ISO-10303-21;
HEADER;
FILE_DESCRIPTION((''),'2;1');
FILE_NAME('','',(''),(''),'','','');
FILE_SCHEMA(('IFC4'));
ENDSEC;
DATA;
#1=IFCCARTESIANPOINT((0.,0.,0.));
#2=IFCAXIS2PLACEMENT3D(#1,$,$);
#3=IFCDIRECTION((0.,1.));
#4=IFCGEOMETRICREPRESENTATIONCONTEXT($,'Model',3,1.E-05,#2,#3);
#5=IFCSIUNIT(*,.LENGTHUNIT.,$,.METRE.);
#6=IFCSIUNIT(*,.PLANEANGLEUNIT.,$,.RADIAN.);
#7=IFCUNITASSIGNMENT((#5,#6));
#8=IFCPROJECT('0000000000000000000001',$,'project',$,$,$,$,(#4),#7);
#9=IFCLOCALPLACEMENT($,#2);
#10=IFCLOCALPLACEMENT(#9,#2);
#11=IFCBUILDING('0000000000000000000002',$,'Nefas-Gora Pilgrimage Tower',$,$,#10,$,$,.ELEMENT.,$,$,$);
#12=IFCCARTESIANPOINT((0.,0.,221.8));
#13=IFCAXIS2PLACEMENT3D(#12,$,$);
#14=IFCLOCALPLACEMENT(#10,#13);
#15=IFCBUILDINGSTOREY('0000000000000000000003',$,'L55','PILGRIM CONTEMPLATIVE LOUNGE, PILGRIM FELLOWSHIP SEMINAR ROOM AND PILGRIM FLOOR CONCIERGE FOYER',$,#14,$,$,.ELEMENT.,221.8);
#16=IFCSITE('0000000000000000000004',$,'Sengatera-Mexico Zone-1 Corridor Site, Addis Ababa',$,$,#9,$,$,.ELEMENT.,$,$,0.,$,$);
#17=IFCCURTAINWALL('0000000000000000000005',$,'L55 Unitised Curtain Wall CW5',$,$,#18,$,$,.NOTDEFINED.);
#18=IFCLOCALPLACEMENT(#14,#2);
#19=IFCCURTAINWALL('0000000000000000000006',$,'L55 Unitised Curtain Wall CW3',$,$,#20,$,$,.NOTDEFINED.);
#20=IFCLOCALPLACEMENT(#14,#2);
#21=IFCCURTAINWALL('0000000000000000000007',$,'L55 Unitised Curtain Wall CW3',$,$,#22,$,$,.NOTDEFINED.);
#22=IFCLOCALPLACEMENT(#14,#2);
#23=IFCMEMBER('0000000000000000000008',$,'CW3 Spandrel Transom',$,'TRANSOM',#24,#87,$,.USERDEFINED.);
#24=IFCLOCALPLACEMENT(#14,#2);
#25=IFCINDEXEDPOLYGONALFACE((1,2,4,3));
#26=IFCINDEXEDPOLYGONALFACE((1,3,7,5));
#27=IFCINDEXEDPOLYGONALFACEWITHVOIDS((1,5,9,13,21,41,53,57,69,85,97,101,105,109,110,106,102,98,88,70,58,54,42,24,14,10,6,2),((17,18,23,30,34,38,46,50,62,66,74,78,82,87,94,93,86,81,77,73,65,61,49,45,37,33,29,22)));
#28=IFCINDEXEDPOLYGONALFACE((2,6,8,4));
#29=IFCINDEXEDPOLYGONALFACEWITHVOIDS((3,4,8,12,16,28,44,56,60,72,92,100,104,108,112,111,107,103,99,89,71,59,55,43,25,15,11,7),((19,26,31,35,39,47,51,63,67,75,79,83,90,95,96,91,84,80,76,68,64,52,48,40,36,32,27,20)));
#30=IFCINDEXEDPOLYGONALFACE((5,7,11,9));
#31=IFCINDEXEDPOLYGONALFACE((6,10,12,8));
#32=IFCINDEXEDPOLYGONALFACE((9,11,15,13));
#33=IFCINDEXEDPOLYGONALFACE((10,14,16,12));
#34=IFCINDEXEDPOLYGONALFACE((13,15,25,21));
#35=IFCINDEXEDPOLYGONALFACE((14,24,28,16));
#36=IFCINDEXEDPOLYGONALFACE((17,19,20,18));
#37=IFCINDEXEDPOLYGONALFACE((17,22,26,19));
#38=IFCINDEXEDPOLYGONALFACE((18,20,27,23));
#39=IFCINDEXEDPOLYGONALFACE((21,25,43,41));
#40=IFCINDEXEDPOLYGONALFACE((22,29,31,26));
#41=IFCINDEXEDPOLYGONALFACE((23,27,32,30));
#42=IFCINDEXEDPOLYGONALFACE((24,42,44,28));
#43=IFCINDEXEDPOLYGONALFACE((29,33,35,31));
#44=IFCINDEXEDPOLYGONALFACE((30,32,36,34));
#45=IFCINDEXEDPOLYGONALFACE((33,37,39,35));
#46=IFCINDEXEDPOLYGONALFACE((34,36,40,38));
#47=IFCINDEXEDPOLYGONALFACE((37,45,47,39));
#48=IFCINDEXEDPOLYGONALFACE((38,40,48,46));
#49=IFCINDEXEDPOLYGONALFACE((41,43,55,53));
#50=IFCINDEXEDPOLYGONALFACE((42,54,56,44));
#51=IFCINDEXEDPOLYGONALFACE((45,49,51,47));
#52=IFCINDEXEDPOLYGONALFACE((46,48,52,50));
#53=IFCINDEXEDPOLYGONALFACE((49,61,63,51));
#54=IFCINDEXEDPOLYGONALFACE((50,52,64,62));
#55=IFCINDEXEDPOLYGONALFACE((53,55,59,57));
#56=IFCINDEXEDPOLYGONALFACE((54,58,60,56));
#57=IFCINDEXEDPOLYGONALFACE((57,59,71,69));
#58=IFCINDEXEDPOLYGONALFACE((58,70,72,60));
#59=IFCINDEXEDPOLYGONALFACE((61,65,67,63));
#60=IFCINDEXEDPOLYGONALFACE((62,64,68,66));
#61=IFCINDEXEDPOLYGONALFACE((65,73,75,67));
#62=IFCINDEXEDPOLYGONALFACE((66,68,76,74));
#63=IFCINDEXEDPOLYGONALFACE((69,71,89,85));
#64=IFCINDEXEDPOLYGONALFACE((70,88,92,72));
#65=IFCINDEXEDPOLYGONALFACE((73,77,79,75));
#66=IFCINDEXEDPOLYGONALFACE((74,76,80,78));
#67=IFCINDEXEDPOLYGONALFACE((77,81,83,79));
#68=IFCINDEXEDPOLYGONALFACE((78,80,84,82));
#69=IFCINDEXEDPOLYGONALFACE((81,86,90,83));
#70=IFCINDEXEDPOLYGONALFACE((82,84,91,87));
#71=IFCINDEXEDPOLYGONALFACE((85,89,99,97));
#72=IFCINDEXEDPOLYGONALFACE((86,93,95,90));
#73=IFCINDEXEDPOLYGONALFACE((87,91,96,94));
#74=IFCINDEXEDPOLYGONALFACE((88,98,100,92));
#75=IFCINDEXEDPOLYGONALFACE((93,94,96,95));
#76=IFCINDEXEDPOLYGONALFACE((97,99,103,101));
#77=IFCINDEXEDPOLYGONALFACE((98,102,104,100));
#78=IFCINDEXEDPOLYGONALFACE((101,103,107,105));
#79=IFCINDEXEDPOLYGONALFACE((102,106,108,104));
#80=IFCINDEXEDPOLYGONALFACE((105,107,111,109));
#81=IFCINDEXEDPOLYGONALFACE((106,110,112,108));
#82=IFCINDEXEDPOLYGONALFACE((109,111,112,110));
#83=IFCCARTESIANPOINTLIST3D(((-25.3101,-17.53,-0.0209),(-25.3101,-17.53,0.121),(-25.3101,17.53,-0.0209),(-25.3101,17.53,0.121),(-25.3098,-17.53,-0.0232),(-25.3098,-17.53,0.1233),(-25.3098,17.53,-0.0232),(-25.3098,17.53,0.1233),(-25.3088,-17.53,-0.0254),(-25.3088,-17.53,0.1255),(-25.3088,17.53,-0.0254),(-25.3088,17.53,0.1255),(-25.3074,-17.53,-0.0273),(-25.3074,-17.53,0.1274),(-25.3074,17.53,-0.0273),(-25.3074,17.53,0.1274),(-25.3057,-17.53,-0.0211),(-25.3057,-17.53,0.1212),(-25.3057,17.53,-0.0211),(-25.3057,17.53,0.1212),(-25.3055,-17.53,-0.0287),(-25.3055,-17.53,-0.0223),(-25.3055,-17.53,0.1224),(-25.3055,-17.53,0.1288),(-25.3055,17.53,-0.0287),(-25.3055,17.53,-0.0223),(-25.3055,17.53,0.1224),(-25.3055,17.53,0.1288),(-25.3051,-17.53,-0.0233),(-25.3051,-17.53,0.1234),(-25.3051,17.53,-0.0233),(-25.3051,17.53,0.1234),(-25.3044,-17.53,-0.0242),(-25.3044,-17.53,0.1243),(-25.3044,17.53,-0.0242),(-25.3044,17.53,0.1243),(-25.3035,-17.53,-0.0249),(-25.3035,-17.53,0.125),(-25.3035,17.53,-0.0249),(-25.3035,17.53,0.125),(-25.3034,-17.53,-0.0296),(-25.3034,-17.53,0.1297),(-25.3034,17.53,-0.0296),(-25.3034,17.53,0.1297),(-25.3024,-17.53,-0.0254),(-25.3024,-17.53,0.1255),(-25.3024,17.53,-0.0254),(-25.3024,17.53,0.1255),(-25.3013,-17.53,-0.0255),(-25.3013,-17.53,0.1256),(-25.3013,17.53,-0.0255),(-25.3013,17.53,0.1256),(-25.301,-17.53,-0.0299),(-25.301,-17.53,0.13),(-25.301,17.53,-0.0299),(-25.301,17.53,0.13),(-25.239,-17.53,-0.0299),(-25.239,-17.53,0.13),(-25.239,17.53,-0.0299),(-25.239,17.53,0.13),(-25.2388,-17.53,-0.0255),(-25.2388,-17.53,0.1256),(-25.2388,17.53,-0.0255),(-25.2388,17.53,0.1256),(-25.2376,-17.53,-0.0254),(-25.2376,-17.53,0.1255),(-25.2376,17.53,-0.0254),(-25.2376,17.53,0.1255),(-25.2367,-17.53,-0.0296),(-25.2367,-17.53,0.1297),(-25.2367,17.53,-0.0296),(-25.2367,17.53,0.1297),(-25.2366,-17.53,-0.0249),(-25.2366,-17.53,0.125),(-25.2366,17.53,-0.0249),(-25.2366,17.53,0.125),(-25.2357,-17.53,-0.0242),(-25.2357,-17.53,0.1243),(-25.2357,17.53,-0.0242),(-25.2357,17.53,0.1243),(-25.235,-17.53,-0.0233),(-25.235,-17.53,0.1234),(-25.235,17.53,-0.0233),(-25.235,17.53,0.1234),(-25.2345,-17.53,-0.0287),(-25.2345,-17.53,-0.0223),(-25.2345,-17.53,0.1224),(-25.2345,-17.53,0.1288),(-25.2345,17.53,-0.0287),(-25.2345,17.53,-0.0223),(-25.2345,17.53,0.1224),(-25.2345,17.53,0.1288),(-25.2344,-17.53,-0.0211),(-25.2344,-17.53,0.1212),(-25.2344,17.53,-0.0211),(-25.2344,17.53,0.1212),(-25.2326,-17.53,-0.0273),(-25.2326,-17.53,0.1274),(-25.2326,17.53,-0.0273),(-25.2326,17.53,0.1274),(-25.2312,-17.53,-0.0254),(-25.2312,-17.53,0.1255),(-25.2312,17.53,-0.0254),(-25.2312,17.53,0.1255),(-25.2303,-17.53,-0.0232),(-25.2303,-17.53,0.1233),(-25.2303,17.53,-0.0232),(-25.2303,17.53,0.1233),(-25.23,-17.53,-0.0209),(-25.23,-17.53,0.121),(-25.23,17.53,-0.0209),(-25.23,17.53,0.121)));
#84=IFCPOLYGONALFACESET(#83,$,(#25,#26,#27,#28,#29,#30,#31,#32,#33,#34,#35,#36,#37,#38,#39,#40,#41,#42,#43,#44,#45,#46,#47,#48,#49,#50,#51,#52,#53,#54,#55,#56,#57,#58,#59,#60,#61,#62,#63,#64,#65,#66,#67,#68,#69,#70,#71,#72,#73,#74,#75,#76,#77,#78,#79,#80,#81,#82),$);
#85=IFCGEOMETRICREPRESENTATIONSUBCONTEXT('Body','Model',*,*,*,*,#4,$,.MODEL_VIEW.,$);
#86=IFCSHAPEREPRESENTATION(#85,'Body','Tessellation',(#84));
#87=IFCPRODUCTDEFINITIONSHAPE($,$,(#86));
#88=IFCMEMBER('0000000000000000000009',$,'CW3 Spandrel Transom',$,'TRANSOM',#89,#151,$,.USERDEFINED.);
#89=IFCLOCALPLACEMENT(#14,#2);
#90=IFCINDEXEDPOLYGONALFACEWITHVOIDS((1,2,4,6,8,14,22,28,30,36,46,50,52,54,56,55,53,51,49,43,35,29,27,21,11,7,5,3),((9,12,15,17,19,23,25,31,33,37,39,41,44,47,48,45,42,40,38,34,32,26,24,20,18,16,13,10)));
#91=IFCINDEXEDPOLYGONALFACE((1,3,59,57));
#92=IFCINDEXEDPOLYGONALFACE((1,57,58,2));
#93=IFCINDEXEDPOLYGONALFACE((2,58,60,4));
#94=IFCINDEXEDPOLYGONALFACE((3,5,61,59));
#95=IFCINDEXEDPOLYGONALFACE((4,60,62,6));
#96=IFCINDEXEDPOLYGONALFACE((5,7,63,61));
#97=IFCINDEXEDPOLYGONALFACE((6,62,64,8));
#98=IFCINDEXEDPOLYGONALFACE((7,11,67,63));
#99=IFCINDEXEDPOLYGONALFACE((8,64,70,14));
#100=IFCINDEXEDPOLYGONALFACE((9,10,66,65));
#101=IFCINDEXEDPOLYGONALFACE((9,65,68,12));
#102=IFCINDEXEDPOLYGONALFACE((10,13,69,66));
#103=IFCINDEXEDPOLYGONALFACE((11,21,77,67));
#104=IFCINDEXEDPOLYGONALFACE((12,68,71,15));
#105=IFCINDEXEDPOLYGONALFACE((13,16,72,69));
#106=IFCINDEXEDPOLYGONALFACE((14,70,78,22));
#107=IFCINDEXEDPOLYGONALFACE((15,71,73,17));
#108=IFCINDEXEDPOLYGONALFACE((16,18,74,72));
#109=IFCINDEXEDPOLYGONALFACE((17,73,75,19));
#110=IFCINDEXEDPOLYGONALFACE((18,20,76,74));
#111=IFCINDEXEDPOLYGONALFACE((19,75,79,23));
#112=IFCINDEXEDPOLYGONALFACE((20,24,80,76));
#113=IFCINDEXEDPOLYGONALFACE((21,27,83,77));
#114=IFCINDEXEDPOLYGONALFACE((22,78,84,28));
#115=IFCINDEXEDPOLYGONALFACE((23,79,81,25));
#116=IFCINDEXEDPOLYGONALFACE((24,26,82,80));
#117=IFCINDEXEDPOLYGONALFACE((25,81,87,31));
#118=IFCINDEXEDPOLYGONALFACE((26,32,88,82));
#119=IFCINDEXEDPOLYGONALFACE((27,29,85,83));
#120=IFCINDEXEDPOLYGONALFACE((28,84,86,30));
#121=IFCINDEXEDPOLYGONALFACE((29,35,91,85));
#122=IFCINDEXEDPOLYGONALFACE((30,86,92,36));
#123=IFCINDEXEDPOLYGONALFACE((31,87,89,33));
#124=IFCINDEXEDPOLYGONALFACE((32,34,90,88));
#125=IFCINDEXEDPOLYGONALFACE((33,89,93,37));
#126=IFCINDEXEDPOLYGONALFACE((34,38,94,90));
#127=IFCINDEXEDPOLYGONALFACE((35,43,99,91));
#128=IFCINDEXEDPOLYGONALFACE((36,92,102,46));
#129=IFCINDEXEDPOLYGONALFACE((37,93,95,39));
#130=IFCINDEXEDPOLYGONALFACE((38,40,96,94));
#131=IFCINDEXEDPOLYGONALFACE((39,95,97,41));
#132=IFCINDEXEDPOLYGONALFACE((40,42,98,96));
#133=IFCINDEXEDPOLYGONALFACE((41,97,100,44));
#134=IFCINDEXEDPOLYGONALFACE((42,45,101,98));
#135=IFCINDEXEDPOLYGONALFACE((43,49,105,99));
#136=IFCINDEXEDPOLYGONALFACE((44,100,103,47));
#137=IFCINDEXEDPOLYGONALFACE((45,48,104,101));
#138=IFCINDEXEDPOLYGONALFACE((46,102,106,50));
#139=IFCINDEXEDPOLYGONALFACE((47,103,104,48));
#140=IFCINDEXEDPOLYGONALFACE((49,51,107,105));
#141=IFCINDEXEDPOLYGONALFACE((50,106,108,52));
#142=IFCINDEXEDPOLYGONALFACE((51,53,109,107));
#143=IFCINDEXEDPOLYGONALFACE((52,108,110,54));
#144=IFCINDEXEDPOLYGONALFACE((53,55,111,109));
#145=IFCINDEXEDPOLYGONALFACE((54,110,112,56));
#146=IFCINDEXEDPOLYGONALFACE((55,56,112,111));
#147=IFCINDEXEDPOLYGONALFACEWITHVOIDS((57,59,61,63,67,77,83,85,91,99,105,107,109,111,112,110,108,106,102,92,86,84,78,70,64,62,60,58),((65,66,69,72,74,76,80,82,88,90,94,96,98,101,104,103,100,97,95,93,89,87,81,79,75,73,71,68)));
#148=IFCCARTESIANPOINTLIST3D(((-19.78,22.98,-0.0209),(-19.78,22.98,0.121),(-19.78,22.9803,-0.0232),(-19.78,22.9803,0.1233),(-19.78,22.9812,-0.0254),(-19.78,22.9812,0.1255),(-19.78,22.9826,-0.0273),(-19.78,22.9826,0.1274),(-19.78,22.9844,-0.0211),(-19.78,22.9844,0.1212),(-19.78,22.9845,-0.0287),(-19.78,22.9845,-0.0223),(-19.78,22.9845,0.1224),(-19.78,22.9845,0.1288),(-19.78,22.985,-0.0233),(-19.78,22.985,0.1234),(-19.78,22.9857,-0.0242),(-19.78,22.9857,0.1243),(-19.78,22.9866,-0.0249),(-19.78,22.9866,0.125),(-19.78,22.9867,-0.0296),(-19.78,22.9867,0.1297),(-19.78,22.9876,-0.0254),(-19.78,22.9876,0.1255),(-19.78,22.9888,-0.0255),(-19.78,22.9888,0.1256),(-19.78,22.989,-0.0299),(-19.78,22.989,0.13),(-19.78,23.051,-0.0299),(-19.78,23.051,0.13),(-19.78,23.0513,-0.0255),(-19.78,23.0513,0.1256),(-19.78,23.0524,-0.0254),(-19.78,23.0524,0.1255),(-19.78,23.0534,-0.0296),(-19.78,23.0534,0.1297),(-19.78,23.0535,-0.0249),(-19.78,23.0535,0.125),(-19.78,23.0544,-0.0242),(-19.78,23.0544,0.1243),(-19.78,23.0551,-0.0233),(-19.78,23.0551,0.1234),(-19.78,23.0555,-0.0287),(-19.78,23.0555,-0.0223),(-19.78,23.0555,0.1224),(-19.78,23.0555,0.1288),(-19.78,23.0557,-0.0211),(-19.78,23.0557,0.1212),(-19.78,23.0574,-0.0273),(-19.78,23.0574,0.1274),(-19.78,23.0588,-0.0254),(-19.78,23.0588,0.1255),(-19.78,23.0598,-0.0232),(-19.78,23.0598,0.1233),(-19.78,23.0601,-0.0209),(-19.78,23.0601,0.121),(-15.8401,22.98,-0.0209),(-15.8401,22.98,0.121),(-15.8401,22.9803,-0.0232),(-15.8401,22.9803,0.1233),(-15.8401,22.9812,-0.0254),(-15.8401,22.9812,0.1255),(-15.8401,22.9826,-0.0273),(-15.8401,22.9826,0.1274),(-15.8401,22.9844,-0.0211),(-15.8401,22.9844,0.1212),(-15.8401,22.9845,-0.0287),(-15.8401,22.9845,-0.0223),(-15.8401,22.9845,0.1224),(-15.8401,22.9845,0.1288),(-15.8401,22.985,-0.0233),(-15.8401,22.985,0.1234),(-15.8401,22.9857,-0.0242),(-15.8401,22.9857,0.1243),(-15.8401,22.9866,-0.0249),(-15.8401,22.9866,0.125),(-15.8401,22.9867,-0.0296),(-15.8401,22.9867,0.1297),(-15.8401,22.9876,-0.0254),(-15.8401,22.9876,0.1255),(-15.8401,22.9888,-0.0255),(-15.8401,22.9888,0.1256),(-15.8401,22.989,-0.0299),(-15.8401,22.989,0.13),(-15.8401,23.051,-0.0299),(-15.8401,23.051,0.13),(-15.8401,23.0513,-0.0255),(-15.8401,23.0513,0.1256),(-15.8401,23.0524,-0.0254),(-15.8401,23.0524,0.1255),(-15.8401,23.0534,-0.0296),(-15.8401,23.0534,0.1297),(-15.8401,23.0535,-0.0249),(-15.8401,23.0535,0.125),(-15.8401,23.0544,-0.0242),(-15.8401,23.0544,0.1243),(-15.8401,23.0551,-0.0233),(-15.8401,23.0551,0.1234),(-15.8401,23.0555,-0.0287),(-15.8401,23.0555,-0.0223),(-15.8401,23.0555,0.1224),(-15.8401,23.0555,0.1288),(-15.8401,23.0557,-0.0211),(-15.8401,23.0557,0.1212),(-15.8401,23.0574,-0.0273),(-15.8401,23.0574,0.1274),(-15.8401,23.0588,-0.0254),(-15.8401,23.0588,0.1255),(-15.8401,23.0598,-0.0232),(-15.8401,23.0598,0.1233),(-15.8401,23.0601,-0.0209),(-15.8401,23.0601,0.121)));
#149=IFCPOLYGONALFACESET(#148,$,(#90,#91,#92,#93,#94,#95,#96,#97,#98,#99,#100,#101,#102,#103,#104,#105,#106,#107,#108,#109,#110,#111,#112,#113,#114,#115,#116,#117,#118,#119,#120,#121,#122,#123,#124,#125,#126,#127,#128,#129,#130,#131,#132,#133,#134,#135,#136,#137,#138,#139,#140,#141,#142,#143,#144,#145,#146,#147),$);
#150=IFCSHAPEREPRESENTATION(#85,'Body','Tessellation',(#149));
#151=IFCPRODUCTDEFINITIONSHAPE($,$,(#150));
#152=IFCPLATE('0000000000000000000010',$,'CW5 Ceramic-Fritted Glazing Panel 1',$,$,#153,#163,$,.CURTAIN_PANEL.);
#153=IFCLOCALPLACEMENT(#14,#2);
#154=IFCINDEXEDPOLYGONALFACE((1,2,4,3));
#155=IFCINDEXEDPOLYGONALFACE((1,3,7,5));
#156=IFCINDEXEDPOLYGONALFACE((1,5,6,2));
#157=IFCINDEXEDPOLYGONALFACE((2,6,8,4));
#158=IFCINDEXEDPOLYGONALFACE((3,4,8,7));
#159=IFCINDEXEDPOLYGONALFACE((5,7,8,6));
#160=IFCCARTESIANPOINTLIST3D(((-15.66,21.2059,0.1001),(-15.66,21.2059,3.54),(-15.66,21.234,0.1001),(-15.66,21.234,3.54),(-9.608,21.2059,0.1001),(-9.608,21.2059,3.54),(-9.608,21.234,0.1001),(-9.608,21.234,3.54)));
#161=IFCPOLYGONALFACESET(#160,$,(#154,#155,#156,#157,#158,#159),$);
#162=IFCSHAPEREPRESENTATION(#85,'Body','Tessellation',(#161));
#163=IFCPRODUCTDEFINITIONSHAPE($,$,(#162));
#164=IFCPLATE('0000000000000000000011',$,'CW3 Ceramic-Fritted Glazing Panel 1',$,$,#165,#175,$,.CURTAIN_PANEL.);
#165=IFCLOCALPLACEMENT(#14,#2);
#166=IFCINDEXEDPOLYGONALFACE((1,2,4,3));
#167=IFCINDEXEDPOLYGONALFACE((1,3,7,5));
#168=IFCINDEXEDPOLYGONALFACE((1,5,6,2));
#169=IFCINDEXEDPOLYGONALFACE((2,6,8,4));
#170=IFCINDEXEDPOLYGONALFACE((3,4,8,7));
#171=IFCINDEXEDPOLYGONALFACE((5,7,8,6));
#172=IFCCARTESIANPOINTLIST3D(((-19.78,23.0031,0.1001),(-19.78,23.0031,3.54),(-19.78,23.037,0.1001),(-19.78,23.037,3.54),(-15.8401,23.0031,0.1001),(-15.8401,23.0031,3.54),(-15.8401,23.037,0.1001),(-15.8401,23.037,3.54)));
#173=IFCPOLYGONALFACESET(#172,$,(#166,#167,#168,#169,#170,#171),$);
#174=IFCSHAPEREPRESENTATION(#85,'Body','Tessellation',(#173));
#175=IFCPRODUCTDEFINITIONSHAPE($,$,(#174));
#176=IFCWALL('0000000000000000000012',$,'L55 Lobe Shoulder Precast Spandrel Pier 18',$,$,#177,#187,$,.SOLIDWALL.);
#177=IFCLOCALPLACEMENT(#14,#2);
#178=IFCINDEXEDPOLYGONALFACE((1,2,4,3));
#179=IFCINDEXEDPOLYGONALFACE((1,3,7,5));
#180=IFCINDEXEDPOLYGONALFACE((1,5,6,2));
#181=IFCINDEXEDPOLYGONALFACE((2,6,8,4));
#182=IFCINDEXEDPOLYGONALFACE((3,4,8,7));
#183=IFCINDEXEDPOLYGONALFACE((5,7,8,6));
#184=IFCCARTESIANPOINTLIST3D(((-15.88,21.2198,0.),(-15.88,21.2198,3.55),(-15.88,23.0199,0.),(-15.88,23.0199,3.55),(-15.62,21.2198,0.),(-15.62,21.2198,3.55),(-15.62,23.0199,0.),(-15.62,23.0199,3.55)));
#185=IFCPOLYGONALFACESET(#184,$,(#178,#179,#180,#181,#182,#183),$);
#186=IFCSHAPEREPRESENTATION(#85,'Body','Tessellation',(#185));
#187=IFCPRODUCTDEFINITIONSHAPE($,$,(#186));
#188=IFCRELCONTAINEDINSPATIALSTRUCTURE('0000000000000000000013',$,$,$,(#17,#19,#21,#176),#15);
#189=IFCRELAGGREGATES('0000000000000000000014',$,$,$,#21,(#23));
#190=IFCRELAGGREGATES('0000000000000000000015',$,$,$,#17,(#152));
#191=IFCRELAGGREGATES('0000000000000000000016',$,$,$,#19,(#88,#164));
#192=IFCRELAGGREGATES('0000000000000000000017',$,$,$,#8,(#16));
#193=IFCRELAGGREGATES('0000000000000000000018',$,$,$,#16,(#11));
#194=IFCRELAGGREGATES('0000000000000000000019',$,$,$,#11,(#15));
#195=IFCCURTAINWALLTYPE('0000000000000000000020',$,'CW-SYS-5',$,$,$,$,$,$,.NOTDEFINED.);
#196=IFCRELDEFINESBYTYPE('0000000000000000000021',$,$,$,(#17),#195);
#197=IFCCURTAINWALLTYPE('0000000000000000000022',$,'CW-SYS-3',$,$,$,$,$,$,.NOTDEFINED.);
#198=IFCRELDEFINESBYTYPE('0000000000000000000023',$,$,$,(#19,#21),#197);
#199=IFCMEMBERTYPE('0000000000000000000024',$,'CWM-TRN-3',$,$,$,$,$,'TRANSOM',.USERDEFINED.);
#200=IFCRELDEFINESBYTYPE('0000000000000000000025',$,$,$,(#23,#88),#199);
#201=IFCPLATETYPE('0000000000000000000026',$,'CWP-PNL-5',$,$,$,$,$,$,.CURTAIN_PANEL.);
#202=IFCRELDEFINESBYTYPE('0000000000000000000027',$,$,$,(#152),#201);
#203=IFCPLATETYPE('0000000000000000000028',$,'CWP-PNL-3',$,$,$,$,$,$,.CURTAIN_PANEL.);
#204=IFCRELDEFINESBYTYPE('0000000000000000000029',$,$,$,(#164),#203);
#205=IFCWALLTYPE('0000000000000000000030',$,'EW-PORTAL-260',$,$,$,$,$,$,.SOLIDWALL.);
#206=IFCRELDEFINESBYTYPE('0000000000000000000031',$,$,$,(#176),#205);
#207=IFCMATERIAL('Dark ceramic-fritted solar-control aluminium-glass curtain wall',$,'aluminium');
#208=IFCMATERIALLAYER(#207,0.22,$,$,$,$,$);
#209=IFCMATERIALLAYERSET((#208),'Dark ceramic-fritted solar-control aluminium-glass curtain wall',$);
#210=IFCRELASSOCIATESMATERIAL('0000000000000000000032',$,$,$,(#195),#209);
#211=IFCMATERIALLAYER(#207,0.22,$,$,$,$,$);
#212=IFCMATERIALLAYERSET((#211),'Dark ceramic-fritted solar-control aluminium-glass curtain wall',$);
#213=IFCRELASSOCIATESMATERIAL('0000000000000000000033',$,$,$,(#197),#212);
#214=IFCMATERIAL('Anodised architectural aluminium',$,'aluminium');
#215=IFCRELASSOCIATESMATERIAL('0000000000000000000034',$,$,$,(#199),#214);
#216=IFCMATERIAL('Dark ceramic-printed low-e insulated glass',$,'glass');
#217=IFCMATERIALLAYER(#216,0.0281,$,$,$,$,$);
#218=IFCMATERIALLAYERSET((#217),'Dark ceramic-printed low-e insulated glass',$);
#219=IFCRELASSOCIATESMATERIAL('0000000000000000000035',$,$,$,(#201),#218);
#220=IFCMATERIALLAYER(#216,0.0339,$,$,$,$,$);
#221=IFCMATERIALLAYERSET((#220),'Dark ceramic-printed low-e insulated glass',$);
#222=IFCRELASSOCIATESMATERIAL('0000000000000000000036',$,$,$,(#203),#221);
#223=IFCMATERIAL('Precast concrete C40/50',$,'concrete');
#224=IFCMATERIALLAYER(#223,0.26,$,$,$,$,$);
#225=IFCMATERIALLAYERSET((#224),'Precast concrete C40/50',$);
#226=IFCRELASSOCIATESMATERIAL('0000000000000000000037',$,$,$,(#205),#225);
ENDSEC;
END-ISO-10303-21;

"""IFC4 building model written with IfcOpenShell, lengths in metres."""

from ifc_helpers import new_model, si_unit, direction, frame, frame_2d, origin, origin_2d, place, context, subcontext, project, spatial, rectangle, hollow_rectangle, extrude, source, transform, mapped, material, layer, layer_set, material_profile, profile_set, type_object, element, aggregate, save


model = new_model("IFC4")

# Units and contexts
model_context = context("Model", 3, precision=1e-05, world=origin(), true_north=direction((0.0, 1.0)))
body_context = subcontext(model_context, "Body", "Model", "MODEL_VIEW")
ifc_project = project(units=[si_unit("LENGTHUNIT", "METRE"), si_unit("PLANEANGLEUNIT", "RADIAN")], contexts=[model_context])

# Site, building, storey
site_placement = place(None, origin())
site = spatial("IfcSite", under=ifc_project, at=site_placement, Name="Sengatera-Mexico Zone-1 Corridor Site, Addis Ababa", CompositionType="ELEMENT", RefElevation=0.0)
building_placement = place(site_placement, origin())
building = spatial("IfcBuilding", under=site, at=building_placement, Name="Nefas-Gora Pilgrimage Tower", CompositionType="ELEMENT")
storey_placement = place(building_placement, frame((0.0, 0.0, 221.8)))
storey = spatial("IfcBuildingStorey", under=building, at=storey_placement, Name="L55", Description="PILGRIM CONTEMPLATIVE LOUNGE, PILGRIM FELLOWSHIP SEMINAR ROOM AND PILGRIM FLOOR CONCIERGE FOYER", CompositionType="ELEMENT", Elevation=221.8)

# Curtain walls, member
ifc_material_1 = material(Name="Dark ceramic-fritted solar-control aluminium-glass curtain wall", Category="aluminium")
ifc_layer_1 = layer(ifc_material_1, 0.22)
ifc_layer_set_1 = layer_set([ifc_layer_1], Name="Dark ceramic-fritted solar-control aluminium-glass curtain wall")
curtain_wall_type_1 = type_object("IfcCurtainWallType", Name="CW-SYS-5", PredefinedType="NOTDEFINED", material=ifc_layer_set_1)
curtain_wall_1_placement = place(storey_placement, origin())
curtain_wall_1 = element("IfcCurtainWall", 1, at=curtain_wall_1_placement, inside=storey, type_object=curtain_wall_type_1, Name="L55 Unitised Curtain Wall CW5", PredefinedType="NOTDEFINED")
ifc_material_2 = material(Name="Anodised architectural aluminium", Category="aluminium")
ifc_layer_2 = layer(ifc_material_1, 0.22)
ifc_layer_set_2 = layer_set([ifc_layer_2], Name="Dark ceramic-fritted solar-control aluminium-glass curtain wall")
curtain_wall_type_2 = type_object("IfcCurtainWallType", Name="CW-SYS-3", PredefinedType="NOTDEFINED", material=ifc_layer_set_2)
curtain_wall_2_placement = place(storey_placement, origin())
curtain_wall_2 = element("IfcCurtainWall", 2, at=curtain_wall_2_placement, inside=storey, type_object=curtain_wall_type_2, Name="L55 Unitised Curtain Wall CW3", PredefinedType="NOTDEFINED")
curtain_wall_3_placement = place(storey_placement, origin())
curtain_wall_3 = element("IfcCurtainWall", 3, at=curtain_wall_3_placement, inside=storey, type_object=curtain_wall_type_2, Name="L55 Unitised Curtain Wall CW3", PredefinedType="NOTDEFINED")
ifc_material_profile_1 = material_profile(ifc_material_2, hollow_rectangle(XDim=0.0801, YDim=0.1599, WallThickness=0.0044, InnerFilletRadius=0.0044, OuterFilletRadius=0.009, at=origin_2d()), Name="ALU TRANSOM 80x160")
ifc_profile_set_1 = profile_set([ifc_material_profile_1], Name="Anodised architectural aluminium")
member_type_1 = type_object("IfcMemberType", Name="CWM-TRN-3", ElementType="TRANSOM", PredefinedType="USERDEFINED", material=ifc_profile_set_1)
shared_shape_1 = source(origin(), body_context, "Body", "SweptSolid", [
    extrude(hollow_rectangle(XDim=0.0801, YDim=0.1599, WallThickness=0.0044, InnerFilletRadius=0.0044, OuterFilletRadius=0.009, at=origin_2d()), origin(), (0.0, 0.0, 1.0), 35.0601),
])
member_1_placement = place(storey_placement, frame((-25.27, 17.53, 0.05), z_axis=(0.0, -1.0, 0.0), x_axis=(1.0, 0.0, 0.0)))
member_1 = element("IfcMember", 4, at=member_1_placement, type_object=member_type_1, Name="CW3 Spandrel Transom", ObjectType="TRANSOM", PredefinedType="USERDEFINED", context=body_context, shape_type="MappedRepresentation", body=[
    mapped(shared_shape_1, transform((0.0, 0.0, 0.0), x_axis=(1.0, 0.0, 0.0), y_axis=(0.0, 1.0, 0.0), z_axis=(0.0, 0.0, 1.0), scale=1.0)),
])
aggregate(curtain_wall_3, [member_1])

# Member
shared_shape_2 = source(origin(), body_context, "Body", "SweptSolid", [
    extrude(hollow_rectangle(XDim=0.0801, YDim=0.1599, WallThickness=0.0044, InnerFilletRadius=0.0044, OuterFilletRadius=0.009, at=origin_2d()), origin(), (0.0, 0.0, 1.0), 3.9399),
])
member_2_placement = place(storey_placement, frame((-15.8401, 23.02, 0.05), z_axis=(-1.0, 0.0, 0.0), x_axis=(0.0, -1.0, 0.0)))
member_2 = element("IfcMember", 5, at=member_2_placement, type_object=member_type_1, Name="CW3 Spandrel Transom", ObjectType="TRANSOM", PredefinedType="USERDEFINED", context=body_context, shape_type="MappedRepresentation", body=[
    mapped(shared_shape_2, transform((0.0, 0.0, 0.0), x_axis=(1.0, 0.0, 0.0), y_axis=(0.0, 1.0, 0.0), z_axis=(0.0, 0.0, 1.0), scale=1.0)),
])

# Plates
ifc_material_3 = material(Name="Dark ceramic-printed low-e insulated glass", Category="glass")
ifc_layer_3 = layer(ifc_material_3, 0.0281)
ifc_layer_set_3 = layer_set([ifc_layer_3], Name="Dark ceramic-printed low-e insulated glass")
plate_type_1 = type_object("IfcPlateType", Name="CWP-PNL-5", PredefinedType="CURTAIN_PANEL", material=ifc_layer_set_3)
shared_shape_3 = source(origin(), body_context, "Body", "SweptSolid", [
    extrude(rectangle(XDim=6.052, YDim=0.0281, at=origin_2d()), origin(), (0.0, 0.0, 1.0), 3.4399),
])
plate_1_placement = place(storey_placement, frame((-12.634, 21.22, 0.1001), z_axis=(0.0, 0.0, 1.0), x_axis=(-1.0, 0.0, 0.0)))
plate_1 = element("IfcPlate", 6, at=plate_1_placement, type_object=plate_type_1, Name="CW5 Ceramic-Fritted Glazing Panel 1", PredefinedType="CURTAIN_PANEL", context=body_context, shape_type="MappedRepresentation", body=[
    mapped(shared_shape_3, transform((0.0, 0.0, 0.0), x_axis=(1.0, 0.0, 0.0), y_axis=(0.0, 1.0, 0.0), z_axis=(0.0, 0.0, 1.0), scale=1.0)),
])
aggregate(curtain_wall_1, [plate_1])
ifc_layer_4 = layer(ifc_material_3, 0.0339)
ifc_layer_set_4 = layer_set([ifc_layer_4], Name="Dark ceramic-printed low-e insulated glass")
plate_type_2 = type_object("IfcPlateType", Name="CWP-PNL-3", PredefinedType="CURTAIN_PANEL", material=ifc_layer_set_4)
shared_shape_4 = source(origin(), body_context, "Body", "SweptSolid", [
    extrude(rectangle(XDim=3.9399, YDim=0.0339, at=origin_2d()), origin(), (0.0, 0.0, 1.0), 3.4399),
])
plate_2_placement = place(storey_placement, frame((-17.8101, 23.02, 0.1001), z_axis=(0.0, 0.0, 1.0), x_axis=(-1.0, 0.0, 0.0)))
plate_2 = element("IfcPlate", 7, at=plate_2_placement, type_object=plate_type_2, Name="CW3 Ceramic-Fritted Glazing Panel 1", PredefinedType="CURTAIN_PANEL", context=body_context, shape_type="MappedRepresentation", body=[
    mapped(shared_shape_4, transform((0.0, 0.0, 0.0), x_axis=(1.0, 0.0, 0.0), y_axis=(0.0, 1.0, 0.0), z_axis=(0.0, 0.0, 1.0), scale=1.0)),
])
aggregate(curtain_wall_2, [member_2, plate_2])

# Wall
ifc_material_4 = material(Name="Precast concrete C40/50", Category="concrete")
ifc_layer_5 = layer(ifc_material_4, 0.26)
ifc_layer_set_5 = layer_set([ifc_layer_5], Name="Precast concrete C40/50")
wall_type_1 = type_object("IfcWallType", Name="EW-PORTAL-260", PredefinedType="SOLIDWALL", material=ifc_layer_set_5)
shared_shape_5 = source(origin(), body_context, "Body", "SweptSolid", [
    extrude(rectangle(XDim=1.8, YDim=0.26, at=frame_2d((0.8999, 0.0))), origin(), (0.0, 0.0, 1.0), 3.55),
])
wall_1_placement = place(storey_placement, frame((-15.75, 21.22, 0.0), z_axis=(0.0, 0.0, 1.0), x_axis=(0.0, 1.0, 0.0)))
element("IfcWall", 8, at=wall_1_placement, inside=storey, type_object=wall_type_1, Name="L55 Lobe Shoulder Precast Spandrel Pier 18", PredefinedType="SOLIDWALL", context=body_context, shape_type="MappedRepresentation", body=[
    mapped(shared_shape_5, transform((0.0, 0.0, 0.0), x_axis=(1.0, 0.0, 0.0), y_axis=(0.0, 1.0, 0.0), z_axis=(0.0, 0.0, 1.0), scale=1.0)),
])

save(model, "model.ifc")
